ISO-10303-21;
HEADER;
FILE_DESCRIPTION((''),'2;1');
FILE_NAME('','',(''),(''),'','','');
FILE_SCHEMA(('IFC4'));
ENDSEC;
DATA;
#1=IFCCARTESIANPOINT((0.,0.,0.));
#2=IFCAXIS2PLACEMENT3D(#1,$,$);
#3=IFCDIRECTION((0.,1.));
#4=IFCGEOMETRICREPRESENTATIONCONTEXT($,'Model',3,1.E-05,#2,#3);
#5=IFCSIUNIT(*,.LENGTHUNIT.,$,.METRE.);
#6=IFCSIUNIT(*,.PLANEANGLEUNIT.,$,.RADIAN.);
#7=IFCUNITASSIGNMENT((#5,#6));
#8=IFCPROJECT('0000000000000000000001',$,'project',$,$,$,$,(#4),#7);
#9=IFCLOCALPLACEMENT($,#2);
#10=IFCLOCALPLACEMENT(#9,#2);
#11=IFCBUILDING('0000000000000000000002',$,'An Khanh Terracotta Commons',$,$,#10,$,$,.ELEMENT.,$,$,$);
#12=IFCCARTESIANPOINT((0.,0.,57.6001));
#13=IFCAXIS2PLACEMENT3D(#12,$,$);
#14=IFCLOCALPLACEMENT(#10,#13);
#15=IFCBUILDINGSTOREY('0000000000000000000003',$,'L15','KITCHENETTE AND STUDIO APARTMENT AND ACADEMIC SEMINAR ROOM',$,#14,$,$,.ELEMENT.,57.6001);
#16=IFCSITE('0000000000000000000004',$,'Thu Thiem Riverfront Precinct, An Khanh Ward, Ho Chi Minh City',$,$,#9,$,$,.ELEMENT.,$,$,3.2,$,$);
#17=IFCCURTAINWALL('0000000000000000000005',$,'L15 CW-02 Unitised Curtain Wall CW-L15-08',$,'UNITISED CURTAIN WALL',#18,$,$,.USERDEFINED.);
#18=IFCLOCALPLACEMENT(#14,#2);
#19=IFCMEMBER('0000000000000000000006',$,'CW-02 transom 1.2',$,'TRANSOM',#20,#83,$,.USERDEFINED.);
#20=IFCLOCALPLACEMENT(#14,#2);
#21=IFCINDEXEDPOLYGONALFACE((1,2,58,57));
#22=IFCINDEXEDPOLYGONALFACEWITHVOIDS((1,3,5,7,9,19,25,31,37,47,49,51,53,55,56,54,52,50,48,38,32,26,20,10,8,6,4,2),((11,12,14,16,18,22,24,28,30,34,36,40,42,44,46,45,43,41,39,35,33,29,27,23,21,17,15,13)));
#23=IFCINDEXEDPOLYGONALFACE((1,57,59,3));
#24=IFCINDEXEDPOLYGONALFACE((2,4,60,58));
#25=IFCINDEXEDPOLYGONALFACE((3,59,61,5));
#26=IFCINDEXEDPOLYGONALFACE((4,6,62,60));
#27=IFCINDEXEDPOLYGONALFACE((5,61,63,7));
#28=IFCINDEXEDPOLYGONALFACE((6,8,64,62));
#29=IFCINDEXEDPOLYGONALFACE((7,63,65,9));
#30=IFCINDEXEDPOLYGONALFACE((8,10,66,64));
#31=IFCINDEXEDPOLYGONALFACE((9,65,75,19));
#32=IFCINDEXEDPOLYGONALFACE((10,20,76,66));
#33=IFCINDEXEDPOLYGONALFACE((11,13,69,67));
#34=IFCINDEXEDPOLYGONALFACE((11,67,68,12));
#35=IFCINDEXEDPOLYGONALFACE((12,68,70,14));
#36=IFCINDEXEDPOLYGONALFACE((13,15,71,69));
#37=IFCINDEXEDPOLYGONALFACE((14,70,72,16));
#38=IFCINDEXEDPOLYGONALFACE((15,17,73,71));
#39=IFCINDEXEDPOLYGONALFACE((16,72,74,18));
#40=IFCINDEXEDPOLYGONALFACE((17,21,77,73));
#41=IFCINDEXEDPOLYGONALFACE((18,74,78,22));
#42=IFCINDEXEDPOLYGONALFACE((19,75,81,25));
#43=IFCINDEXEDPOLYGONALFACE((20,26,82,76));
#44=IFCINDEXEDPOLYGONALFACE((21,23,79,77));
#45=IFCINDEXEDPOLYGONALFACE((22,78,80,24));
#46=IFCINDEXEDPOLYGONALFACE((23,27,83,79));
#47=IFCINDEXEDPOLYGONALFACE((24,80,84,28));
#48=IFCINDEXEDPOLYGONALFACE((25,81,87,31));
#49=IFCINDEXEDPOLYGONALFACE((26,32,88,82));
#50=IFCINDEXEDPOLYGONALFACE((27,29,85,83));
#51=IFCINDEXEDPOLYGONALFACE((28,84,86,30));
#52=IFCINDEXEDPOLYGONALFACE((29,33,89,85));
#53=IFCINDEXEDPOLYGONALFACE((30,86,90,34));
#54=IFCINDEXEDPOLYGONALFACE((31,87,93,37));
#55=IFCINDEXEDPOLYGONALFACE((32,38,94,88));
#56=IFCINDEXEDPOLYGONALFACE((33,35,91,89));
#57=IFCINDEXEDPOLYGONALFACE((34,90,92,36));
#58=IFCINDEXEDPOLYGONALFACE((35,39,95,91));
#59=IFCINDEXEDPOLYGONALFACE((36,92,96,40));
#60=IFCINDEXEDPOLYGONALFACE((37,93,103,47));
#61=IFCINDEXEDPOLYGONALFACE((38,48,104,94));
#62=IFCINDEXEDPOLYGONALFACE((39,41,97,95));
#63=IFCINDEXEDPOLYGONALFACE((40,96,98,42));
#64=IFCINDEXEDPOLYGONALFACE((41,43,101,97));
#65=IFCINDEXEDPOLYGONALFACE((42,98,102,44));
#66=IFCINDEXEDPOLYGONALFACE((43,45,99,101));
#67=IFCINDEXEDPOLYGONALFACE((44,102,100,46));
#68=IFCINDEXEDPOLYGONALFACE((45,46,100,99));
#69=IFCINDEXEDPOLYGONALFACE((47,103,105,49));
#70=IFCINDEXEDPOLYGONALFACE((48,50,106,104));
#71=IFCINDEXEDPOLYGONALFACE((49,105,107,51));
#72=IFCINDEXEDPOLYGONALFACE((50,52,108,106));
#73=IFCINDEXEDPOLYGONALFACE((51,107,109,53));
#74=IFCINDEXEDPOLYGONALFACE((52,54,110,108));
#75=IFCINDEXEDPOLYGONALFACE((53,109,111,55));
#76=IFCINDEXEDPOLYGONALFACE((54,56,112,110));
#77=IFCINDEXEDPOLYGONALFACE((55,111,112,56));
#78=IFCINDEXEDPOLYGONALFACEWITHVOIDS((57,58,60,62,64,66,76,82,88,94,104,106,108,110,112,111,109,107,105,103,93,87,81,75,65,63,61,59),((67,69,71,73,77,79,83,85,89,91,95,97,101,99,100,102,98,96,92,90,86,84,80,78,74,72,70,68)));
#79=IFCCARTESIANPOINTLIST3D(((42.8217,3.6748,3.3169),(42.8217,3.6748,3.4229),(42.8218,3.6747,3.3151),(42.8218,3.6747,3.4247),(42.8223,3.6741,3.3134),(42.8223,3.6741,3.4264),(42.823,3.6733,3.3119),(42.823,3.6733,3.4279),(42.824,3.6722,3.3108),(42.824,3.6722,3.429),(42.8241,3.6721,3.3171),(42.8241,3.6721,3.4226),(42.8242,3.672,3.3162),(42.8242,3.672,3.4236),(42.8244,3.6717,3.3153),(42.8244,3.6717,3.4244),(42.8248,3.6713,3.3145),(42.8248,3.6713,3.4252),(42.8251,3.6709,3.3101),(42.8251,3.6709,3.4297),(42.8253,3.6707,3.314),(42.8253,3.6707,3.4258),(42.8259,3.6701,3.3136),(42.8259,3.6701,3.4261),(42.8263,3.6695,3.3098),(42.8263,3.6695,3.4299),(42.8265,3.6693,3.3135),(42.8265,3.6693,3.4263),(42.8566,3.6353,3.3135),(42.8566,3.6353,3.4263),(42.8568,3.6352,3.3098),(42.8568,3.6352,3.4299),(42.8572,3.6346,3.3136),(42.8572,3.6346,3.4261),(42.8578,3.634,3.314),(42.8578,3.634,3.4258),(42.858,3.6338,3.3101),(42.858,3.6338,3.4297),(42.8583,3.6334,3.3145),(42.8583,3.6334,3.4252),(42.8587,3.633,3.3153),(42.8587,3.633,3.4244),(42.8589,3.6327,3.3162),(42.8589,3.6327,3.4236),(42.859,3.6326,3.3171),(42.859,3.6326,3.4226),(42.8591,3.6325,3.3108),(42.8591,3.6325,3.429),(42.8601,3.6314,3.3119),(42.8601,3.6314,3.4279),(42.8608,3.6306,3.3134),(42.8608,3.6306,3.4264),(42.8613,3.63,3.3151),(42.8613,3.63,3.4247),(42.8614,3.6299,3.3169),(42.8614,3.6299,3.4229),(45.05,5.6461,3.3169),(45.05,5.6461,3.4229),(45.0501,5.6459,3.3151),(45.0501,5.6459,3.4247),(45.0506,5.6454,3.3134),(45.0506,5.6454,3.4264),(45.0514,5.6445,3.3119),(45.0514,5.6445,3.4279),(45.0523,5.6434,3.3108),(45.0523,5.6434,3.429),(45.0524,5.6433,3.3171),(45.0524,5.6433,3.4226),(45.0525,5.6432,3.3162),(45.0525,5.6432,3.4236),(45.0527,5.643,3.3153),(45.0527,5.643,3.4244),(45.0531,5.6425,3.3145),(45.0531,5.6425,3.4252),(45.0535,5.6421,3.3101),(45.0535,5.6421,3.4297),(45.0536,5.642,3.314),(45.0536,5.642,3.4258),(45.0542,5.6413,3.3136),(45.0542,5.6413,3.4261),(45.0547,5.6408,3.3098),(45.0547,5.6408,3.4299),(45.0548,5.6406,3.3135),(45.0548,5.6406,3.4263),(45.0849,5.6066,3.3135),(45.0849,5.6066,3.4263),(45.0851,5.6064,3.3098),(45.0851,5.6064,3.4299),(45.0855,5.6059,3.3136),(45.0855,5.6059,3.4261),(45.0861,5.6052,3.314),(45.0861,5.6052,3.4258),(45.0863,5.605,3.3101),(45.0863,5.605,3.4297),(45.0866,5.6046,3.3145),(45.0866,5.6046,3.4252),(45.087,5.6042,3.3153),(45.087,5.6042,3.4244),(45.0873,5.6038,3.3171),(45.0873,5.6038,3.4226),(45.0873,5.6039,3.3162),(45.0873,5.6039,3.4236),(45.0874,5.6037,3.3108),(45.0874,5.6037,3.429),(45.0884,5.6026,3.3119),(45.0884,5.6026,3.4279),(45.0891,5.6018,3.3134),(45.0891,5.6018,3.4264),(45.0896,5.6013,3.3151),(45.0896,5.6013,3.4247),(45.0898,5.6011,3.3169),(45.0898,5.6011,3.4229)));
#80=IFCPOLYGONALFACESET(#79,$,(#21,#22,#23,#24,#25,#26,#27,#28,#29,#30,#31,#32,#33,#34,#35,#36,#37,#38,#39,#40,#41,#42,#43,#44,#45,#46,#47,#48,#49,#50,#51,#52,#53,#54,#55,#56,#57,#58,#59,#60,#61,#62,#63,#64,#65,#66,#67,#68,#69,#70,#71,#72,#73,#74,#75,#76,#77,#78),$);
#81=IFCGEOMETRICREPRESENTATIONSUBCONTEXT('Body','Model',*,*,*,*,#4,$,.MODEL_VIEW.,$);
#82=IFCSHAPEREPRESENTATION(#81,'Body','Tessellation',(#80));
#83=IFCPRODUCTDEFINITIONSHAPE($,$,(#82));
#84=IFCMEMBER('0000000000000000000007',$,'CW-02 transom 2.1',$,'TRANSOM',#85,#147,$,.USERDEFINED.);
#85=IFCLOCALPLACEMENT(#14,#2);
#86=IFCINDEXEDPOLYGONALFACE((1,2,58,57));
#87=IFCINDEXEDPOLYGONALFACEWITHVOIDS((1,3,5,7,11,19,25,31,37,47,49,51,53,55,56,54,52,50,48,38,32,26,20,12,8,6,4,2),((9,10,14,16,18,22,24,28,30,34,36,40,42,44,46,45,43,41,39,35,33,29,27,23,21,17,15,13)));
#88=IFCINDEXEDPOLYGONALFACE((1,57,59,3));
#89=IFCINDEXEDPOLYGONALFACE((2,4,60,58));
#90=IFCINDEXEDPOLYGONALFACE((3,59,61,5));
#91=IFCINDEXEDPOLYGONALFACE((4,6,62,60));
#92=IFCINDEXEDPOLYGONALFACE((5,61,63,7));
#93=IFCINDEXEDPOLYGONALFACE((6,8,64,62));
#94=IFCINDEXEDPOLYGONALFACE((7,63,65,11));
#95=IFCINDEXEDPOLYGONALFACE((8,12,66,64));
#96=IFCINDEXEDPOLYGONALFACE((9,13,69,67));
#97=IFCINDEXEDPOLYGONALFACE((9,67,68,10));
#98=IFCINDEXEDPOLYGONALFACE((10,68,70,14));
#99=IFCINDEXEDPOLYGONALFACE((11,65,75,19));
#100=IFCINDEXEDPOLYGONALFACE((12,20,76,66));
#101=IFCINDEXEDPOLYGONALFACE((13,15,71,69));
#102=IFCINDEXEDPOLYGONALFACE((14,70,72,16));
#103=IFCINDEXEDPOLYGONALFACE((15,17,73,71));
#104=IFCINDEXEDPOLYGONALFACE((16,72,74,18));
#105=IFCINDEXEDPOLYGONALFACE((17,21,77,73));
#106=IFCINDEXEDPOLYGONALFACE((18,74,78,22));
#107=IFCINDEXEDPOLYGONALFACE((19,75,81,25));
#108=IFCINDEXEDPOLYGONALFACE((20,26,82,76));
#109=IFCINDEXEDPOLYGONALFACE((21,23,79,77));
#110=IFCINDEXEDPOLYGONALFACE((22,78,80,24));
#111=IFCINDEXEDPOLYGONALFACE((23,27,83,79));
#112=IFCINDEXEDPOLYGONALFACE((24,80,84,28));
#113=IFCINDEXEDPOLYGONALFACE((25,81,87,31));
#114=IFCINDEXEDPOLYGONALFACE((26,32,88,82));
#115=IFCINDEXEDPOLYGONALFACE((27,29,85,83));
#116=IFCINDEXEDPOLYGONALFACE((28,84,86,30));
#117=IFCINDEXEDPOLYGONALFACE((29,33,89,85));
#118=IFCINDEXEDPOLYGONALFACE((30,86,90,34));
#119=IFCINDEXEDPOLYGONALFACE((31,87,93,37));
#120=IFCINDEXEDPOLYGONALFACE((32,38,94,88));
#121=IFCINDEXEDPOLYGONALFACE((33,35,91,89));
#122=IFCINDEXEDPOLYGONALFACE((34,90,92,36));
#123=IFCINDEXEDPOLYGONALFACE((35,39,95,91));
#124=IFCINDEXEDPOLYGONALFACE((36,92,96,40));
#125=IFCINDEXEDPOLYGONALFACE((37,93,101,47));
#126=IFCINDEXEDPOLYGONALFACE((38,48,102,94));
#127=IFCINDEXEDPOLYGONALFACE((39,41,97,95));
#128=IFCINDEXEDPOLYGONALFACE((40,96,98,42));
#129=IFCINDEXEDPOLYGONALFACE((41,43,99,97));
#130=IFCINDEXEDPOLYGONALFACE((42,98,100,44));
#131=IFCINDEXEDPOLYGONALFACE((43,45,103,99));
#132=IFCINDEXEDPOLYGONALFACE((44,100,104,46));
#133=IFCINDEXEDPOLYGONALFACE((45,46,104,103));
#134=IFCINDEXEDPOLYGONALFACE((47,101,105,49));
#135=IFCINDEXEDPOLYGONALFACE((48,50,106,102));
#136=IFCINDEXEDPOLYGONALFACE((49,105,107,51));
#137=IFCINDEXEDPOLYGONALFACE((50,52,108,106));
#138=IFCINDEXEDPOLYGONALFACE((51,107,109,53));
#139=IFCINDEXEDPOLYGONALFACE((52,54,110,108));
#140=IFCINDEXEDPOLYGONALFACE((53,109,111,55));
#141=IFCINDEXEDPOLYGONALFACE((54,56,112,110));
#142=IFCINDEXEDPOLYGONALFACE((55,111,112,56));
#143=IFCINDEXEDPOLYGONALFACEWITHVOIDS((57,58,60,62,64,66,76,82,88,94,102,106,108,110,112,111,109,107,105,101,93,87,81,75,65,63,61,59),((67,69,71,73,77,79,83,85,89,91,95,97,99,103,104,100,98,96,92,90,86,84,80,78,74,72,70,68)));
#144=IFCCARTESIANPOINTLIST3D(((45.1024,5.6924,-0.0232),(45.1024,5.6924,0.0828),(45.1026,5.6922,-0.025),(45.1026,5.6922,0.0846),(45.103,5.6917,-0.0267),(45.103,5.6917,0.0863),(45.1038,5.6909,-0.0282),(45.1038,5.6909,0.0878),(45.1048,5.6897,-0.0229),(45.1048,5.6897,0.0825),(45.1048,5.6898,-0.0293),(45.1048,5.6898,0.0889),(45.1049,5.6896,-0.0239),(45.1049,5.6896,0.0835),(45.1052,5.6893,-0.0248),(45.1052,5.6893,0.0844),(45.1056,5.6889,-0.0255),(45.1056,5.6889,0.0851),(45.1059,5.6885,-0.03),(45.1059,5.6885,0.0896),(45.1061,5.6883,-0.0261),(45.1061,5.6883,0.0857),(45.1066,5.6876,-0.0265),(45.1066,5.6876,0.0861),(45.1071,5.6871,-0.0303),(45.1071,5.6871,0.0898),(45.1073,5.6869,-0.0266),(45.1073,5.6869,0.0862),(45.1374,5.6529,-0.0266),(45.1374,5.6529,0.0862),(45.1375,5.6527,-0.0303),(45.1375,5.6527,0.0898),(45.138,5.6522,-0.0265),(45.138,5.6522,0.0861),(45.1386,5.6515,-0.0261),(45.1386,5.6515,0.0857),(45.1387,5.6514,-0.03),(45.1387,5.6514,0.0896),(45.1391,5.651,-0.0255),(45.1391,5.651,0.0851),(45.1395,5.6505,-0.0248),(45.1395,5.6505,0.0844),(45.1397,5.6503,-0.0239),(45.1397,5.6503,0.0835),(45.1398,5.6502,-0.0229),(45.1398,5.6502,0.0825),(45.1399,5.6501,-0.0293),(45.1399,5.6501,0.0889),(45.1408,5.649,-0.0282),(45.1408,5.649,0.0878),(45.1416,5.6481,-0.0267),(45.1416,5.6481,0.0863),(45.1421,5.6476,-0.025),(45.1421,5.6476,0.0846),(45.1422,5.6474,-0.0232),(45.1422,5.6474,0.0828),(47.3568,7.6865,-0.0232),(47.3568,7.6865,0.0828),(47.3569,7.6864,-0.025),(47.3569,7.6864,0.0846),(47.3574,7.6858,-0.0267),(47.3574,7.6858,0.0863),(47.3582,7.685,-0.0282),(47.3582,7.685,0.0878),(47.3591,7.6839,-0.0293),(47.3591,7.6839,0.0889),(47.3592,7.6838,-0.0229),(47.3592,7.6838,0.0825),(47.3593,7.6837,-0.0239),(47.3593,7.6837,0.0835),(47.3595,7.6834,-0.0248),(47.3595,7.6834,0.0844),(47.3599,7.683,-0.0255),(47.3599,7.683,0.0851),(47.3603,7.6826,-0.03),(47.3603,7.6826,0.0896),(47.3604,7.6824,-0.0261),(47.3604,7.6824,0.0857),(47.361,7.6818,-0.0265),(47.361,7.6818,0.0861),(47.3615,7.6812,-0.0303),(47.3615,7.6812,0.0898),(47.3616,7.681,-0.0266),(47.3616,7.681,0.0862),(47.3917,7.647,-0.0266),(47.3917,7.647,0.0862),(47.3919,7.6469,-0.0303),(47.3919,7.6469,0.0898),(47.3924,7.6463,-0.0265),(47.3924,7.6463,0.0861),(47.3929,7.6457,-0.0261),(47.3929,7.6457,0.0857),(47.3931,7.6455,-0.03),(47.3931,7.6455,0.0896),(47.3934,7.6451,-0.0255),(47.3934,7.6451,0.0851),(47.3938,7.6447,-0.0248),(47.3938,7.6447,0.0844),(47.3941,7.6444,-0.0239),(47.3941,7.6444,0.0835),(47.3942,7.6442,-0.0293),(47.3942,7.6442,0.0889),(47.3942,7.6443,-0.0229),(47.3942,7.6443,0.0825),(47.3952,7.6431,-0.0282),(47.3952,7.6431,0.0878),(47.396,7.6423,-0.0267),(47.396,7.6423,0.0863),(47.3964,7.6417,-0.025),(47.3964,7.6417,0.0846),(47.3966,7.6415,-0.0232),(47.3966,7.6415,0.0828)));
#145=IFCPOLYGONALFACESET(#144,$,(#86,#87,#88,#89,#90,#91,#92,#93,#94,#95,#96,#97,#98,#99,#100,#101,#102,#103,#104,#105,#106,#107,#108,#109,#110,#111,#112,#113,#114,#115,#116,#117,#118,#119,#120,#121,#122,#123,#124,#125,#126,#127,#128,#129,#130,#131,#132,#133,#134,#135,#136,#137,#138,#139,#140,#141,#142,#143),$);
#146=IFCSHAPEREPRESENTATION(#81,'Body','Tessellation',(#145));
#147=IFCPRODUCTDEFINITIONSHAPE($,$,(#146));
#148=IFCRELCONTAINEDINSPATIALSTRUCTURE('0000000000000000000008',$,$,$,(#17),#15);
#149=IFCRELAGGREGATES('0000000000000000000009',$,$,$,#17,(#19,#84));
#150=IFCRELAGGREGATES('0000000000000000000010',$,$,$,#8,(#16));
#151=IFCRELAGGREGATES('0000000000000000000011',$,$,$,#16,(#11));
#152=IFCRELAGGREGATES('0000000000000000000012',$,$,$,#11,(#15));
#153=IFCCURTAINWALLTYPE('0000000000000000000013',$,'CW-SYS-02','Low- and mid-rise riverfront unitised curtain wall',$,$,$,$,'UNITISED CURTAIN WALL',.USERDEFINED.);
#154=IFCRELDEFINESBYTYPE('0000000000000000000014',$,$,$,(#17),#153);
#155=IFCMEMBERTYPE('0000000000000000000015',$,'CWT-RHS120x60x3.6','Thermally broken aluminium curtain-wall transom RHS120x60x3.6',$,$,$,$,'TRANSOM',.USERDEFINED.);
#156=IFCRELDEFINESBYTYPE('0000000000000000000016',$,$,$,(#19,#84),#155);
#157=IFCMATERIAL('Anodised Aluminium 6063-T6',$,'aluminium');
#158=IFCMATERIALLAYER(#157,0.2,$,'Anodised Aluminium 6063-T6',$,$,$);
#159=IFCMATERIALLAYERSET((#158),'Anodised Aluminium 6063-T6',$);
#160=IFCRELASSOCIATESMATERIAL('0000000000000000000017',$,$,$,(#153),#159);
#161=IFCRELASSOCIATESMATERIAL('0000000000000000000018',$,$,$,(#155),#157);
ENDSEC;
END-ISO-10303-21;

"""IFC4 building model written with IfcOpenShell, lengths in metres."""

from ifc_helpers import new_model, si_unit, direction, frame, origin, origin_2d, place, context, subcontext, project, spatial, hollow_rectangle, extrude, material, layer, layer_set, material_profile, profile_set, type_object, element, aggregate, save


model = new_model("IFC4")

# Units and contexts
model_context = context("Model", 3, precision=1e-05, world=origin(), true_north=direction((0.0, 1.0)))
body_context = subcontext(model_context, "Body", "Model", "MODEL_VIEW")
ifc_project = project(units=[si_unit("LENGTHUNIT", "METRE"), si_unit("PLANEANGLEUNIT", "RADIAN")], contexts=[model_context])

# Site, building, storey
site_placement = place(None, origin())
site = spatial("IfcSite", under=ifc_project, at=site_placement, Name="Thu Thiem Riverfront Precinct, An Khanh Ward, Ho Chi Minh City", CompositionType="ELEMENT", RefElevation=3.2)
building_placement = place(site_placement, origin())
building = spatial("IfcBuilding", under=site, at=building_placement, Name="An Khanh Terracotta Commons", CompositionType="ELEMENT")
storey_placement = place(building_placement, frame((0.0, 0.0, 57.6001)))
storey = spatial("IfcBuildingStorey", under=building, at=storey_placement, Name="L15", Description="KITCHENETTE AND STUDIO APARTMENT AND ACADEMIC SEMINAR ROOM", CompositionType="ELEMENT", Elevation=57.6001)

# Curtain wall, members
ifc_material_1 = material(Name="Anodised Aluminium 6063-T6", Category="aluminium")
ifc_layer_1 = layer(ifc_material_1, 0.2, Name="Anodised Aluminium 6063-T6")
ifc_layer_set_1 = layer_set([ifc_layer_1], Name="Anodised Aluminium 6063-T6")
curtain_wall_type = type_object("IfcCurtainWallType", Name="CW-SYS-02", Description="Low- and mid-rise riverfront unitised curtain wall", ElementType="UNITISED CURTAIN WALL", PredefinedType="USERDEFINED", material=ifc_layer_set_1)
curtain_wall_placement = place(storey_placement, origin())
curtain_wall = element("IfcCurtainWall", 1, at=curtain_wall_placement, inside=storey, type_object=curtain_wall_type, Name="L15 CW-02 Unitised Curtain Wall CW-L15-08", ObjectType="UNITISED CURTAIN WALL", PredefinedType="USERDEFINED")
ifc_material_profile_1 = material_profile(ifc_material_1, hollow_rectangle(XDim=0.0601, YDim=0.1201, WallThickness=0.0037, InnerFilletRadius=0.0037, OuterFilletRadius=0.0071, at=origin_2d()), Name="RHS120x60x3.6")
ifc_profile_set_1 = profile_set([ifc_material_profile_1], Name="Anodised Aluminium 6063-T6")
member_type_1 = type_object("IfcMemberType", Name="CWT-RHS120x60x3.6", Description="Thermally broken aluminium curtain-wall transom RHS120x60x3.6", ElementType="TRANSOM", PredefinedType="USERDEFINED", material=ifc_profile_set_1)
member_1_placement = place(storey_placement, frame((42.8416, 3.6523, 3.3699), z_axis=(0.748992, 0.662579, 0.0), x_axis=(-0.662579, 0.748992, 0.0)))
member_1 = element("IfcMember", 2, at=member_1_placement, type_object=member_type_1, Name="CW-02 transom 1.2", ObjectType="TRANSOM", PredefinedType="USERDEFINED", context=body_context, shape_type="SweptSolid", body=[
    extrude(hollow_rectangle(XDim=0.0601, YDim=0.1201, WallThickness=0.0037, InnerFilletRadius=0.0037, OuterFilletRadius=0.0071, at=origin_2d()), origin(), (0.0, 0.0, 1.0), 2.9751),
])
member_2_placement = place(storey_placement, frame((45.1223, 5.6699, 0.0298), z_axis=(0.749018, 0.662549, 0.0), x_axis=(-0.662549, 0.749018, 0.0)))
member_2 = element("IfcMember", 3, at=member_2_placement, type_object=member_type_1, Name="CW-02 transom 2.1", ObjectType="TRANSOM", PredefinedType="USERDEFINED", context=body_context, shape_type="SweptSolid", body=[
    extrude(hollow_rectangle(XDim=0.0601, YDim=0.1201, WallThickness=0.0037, InnerFilletRadius=0.0037, OuterFilletRadius=0.0071, at=origin_2d()), origin(), (0.0, 0.0, 1.0), 3.0098),
])
aggregate(curtain_wall, [member_1, member_2])

save(model, "model.ifc")
